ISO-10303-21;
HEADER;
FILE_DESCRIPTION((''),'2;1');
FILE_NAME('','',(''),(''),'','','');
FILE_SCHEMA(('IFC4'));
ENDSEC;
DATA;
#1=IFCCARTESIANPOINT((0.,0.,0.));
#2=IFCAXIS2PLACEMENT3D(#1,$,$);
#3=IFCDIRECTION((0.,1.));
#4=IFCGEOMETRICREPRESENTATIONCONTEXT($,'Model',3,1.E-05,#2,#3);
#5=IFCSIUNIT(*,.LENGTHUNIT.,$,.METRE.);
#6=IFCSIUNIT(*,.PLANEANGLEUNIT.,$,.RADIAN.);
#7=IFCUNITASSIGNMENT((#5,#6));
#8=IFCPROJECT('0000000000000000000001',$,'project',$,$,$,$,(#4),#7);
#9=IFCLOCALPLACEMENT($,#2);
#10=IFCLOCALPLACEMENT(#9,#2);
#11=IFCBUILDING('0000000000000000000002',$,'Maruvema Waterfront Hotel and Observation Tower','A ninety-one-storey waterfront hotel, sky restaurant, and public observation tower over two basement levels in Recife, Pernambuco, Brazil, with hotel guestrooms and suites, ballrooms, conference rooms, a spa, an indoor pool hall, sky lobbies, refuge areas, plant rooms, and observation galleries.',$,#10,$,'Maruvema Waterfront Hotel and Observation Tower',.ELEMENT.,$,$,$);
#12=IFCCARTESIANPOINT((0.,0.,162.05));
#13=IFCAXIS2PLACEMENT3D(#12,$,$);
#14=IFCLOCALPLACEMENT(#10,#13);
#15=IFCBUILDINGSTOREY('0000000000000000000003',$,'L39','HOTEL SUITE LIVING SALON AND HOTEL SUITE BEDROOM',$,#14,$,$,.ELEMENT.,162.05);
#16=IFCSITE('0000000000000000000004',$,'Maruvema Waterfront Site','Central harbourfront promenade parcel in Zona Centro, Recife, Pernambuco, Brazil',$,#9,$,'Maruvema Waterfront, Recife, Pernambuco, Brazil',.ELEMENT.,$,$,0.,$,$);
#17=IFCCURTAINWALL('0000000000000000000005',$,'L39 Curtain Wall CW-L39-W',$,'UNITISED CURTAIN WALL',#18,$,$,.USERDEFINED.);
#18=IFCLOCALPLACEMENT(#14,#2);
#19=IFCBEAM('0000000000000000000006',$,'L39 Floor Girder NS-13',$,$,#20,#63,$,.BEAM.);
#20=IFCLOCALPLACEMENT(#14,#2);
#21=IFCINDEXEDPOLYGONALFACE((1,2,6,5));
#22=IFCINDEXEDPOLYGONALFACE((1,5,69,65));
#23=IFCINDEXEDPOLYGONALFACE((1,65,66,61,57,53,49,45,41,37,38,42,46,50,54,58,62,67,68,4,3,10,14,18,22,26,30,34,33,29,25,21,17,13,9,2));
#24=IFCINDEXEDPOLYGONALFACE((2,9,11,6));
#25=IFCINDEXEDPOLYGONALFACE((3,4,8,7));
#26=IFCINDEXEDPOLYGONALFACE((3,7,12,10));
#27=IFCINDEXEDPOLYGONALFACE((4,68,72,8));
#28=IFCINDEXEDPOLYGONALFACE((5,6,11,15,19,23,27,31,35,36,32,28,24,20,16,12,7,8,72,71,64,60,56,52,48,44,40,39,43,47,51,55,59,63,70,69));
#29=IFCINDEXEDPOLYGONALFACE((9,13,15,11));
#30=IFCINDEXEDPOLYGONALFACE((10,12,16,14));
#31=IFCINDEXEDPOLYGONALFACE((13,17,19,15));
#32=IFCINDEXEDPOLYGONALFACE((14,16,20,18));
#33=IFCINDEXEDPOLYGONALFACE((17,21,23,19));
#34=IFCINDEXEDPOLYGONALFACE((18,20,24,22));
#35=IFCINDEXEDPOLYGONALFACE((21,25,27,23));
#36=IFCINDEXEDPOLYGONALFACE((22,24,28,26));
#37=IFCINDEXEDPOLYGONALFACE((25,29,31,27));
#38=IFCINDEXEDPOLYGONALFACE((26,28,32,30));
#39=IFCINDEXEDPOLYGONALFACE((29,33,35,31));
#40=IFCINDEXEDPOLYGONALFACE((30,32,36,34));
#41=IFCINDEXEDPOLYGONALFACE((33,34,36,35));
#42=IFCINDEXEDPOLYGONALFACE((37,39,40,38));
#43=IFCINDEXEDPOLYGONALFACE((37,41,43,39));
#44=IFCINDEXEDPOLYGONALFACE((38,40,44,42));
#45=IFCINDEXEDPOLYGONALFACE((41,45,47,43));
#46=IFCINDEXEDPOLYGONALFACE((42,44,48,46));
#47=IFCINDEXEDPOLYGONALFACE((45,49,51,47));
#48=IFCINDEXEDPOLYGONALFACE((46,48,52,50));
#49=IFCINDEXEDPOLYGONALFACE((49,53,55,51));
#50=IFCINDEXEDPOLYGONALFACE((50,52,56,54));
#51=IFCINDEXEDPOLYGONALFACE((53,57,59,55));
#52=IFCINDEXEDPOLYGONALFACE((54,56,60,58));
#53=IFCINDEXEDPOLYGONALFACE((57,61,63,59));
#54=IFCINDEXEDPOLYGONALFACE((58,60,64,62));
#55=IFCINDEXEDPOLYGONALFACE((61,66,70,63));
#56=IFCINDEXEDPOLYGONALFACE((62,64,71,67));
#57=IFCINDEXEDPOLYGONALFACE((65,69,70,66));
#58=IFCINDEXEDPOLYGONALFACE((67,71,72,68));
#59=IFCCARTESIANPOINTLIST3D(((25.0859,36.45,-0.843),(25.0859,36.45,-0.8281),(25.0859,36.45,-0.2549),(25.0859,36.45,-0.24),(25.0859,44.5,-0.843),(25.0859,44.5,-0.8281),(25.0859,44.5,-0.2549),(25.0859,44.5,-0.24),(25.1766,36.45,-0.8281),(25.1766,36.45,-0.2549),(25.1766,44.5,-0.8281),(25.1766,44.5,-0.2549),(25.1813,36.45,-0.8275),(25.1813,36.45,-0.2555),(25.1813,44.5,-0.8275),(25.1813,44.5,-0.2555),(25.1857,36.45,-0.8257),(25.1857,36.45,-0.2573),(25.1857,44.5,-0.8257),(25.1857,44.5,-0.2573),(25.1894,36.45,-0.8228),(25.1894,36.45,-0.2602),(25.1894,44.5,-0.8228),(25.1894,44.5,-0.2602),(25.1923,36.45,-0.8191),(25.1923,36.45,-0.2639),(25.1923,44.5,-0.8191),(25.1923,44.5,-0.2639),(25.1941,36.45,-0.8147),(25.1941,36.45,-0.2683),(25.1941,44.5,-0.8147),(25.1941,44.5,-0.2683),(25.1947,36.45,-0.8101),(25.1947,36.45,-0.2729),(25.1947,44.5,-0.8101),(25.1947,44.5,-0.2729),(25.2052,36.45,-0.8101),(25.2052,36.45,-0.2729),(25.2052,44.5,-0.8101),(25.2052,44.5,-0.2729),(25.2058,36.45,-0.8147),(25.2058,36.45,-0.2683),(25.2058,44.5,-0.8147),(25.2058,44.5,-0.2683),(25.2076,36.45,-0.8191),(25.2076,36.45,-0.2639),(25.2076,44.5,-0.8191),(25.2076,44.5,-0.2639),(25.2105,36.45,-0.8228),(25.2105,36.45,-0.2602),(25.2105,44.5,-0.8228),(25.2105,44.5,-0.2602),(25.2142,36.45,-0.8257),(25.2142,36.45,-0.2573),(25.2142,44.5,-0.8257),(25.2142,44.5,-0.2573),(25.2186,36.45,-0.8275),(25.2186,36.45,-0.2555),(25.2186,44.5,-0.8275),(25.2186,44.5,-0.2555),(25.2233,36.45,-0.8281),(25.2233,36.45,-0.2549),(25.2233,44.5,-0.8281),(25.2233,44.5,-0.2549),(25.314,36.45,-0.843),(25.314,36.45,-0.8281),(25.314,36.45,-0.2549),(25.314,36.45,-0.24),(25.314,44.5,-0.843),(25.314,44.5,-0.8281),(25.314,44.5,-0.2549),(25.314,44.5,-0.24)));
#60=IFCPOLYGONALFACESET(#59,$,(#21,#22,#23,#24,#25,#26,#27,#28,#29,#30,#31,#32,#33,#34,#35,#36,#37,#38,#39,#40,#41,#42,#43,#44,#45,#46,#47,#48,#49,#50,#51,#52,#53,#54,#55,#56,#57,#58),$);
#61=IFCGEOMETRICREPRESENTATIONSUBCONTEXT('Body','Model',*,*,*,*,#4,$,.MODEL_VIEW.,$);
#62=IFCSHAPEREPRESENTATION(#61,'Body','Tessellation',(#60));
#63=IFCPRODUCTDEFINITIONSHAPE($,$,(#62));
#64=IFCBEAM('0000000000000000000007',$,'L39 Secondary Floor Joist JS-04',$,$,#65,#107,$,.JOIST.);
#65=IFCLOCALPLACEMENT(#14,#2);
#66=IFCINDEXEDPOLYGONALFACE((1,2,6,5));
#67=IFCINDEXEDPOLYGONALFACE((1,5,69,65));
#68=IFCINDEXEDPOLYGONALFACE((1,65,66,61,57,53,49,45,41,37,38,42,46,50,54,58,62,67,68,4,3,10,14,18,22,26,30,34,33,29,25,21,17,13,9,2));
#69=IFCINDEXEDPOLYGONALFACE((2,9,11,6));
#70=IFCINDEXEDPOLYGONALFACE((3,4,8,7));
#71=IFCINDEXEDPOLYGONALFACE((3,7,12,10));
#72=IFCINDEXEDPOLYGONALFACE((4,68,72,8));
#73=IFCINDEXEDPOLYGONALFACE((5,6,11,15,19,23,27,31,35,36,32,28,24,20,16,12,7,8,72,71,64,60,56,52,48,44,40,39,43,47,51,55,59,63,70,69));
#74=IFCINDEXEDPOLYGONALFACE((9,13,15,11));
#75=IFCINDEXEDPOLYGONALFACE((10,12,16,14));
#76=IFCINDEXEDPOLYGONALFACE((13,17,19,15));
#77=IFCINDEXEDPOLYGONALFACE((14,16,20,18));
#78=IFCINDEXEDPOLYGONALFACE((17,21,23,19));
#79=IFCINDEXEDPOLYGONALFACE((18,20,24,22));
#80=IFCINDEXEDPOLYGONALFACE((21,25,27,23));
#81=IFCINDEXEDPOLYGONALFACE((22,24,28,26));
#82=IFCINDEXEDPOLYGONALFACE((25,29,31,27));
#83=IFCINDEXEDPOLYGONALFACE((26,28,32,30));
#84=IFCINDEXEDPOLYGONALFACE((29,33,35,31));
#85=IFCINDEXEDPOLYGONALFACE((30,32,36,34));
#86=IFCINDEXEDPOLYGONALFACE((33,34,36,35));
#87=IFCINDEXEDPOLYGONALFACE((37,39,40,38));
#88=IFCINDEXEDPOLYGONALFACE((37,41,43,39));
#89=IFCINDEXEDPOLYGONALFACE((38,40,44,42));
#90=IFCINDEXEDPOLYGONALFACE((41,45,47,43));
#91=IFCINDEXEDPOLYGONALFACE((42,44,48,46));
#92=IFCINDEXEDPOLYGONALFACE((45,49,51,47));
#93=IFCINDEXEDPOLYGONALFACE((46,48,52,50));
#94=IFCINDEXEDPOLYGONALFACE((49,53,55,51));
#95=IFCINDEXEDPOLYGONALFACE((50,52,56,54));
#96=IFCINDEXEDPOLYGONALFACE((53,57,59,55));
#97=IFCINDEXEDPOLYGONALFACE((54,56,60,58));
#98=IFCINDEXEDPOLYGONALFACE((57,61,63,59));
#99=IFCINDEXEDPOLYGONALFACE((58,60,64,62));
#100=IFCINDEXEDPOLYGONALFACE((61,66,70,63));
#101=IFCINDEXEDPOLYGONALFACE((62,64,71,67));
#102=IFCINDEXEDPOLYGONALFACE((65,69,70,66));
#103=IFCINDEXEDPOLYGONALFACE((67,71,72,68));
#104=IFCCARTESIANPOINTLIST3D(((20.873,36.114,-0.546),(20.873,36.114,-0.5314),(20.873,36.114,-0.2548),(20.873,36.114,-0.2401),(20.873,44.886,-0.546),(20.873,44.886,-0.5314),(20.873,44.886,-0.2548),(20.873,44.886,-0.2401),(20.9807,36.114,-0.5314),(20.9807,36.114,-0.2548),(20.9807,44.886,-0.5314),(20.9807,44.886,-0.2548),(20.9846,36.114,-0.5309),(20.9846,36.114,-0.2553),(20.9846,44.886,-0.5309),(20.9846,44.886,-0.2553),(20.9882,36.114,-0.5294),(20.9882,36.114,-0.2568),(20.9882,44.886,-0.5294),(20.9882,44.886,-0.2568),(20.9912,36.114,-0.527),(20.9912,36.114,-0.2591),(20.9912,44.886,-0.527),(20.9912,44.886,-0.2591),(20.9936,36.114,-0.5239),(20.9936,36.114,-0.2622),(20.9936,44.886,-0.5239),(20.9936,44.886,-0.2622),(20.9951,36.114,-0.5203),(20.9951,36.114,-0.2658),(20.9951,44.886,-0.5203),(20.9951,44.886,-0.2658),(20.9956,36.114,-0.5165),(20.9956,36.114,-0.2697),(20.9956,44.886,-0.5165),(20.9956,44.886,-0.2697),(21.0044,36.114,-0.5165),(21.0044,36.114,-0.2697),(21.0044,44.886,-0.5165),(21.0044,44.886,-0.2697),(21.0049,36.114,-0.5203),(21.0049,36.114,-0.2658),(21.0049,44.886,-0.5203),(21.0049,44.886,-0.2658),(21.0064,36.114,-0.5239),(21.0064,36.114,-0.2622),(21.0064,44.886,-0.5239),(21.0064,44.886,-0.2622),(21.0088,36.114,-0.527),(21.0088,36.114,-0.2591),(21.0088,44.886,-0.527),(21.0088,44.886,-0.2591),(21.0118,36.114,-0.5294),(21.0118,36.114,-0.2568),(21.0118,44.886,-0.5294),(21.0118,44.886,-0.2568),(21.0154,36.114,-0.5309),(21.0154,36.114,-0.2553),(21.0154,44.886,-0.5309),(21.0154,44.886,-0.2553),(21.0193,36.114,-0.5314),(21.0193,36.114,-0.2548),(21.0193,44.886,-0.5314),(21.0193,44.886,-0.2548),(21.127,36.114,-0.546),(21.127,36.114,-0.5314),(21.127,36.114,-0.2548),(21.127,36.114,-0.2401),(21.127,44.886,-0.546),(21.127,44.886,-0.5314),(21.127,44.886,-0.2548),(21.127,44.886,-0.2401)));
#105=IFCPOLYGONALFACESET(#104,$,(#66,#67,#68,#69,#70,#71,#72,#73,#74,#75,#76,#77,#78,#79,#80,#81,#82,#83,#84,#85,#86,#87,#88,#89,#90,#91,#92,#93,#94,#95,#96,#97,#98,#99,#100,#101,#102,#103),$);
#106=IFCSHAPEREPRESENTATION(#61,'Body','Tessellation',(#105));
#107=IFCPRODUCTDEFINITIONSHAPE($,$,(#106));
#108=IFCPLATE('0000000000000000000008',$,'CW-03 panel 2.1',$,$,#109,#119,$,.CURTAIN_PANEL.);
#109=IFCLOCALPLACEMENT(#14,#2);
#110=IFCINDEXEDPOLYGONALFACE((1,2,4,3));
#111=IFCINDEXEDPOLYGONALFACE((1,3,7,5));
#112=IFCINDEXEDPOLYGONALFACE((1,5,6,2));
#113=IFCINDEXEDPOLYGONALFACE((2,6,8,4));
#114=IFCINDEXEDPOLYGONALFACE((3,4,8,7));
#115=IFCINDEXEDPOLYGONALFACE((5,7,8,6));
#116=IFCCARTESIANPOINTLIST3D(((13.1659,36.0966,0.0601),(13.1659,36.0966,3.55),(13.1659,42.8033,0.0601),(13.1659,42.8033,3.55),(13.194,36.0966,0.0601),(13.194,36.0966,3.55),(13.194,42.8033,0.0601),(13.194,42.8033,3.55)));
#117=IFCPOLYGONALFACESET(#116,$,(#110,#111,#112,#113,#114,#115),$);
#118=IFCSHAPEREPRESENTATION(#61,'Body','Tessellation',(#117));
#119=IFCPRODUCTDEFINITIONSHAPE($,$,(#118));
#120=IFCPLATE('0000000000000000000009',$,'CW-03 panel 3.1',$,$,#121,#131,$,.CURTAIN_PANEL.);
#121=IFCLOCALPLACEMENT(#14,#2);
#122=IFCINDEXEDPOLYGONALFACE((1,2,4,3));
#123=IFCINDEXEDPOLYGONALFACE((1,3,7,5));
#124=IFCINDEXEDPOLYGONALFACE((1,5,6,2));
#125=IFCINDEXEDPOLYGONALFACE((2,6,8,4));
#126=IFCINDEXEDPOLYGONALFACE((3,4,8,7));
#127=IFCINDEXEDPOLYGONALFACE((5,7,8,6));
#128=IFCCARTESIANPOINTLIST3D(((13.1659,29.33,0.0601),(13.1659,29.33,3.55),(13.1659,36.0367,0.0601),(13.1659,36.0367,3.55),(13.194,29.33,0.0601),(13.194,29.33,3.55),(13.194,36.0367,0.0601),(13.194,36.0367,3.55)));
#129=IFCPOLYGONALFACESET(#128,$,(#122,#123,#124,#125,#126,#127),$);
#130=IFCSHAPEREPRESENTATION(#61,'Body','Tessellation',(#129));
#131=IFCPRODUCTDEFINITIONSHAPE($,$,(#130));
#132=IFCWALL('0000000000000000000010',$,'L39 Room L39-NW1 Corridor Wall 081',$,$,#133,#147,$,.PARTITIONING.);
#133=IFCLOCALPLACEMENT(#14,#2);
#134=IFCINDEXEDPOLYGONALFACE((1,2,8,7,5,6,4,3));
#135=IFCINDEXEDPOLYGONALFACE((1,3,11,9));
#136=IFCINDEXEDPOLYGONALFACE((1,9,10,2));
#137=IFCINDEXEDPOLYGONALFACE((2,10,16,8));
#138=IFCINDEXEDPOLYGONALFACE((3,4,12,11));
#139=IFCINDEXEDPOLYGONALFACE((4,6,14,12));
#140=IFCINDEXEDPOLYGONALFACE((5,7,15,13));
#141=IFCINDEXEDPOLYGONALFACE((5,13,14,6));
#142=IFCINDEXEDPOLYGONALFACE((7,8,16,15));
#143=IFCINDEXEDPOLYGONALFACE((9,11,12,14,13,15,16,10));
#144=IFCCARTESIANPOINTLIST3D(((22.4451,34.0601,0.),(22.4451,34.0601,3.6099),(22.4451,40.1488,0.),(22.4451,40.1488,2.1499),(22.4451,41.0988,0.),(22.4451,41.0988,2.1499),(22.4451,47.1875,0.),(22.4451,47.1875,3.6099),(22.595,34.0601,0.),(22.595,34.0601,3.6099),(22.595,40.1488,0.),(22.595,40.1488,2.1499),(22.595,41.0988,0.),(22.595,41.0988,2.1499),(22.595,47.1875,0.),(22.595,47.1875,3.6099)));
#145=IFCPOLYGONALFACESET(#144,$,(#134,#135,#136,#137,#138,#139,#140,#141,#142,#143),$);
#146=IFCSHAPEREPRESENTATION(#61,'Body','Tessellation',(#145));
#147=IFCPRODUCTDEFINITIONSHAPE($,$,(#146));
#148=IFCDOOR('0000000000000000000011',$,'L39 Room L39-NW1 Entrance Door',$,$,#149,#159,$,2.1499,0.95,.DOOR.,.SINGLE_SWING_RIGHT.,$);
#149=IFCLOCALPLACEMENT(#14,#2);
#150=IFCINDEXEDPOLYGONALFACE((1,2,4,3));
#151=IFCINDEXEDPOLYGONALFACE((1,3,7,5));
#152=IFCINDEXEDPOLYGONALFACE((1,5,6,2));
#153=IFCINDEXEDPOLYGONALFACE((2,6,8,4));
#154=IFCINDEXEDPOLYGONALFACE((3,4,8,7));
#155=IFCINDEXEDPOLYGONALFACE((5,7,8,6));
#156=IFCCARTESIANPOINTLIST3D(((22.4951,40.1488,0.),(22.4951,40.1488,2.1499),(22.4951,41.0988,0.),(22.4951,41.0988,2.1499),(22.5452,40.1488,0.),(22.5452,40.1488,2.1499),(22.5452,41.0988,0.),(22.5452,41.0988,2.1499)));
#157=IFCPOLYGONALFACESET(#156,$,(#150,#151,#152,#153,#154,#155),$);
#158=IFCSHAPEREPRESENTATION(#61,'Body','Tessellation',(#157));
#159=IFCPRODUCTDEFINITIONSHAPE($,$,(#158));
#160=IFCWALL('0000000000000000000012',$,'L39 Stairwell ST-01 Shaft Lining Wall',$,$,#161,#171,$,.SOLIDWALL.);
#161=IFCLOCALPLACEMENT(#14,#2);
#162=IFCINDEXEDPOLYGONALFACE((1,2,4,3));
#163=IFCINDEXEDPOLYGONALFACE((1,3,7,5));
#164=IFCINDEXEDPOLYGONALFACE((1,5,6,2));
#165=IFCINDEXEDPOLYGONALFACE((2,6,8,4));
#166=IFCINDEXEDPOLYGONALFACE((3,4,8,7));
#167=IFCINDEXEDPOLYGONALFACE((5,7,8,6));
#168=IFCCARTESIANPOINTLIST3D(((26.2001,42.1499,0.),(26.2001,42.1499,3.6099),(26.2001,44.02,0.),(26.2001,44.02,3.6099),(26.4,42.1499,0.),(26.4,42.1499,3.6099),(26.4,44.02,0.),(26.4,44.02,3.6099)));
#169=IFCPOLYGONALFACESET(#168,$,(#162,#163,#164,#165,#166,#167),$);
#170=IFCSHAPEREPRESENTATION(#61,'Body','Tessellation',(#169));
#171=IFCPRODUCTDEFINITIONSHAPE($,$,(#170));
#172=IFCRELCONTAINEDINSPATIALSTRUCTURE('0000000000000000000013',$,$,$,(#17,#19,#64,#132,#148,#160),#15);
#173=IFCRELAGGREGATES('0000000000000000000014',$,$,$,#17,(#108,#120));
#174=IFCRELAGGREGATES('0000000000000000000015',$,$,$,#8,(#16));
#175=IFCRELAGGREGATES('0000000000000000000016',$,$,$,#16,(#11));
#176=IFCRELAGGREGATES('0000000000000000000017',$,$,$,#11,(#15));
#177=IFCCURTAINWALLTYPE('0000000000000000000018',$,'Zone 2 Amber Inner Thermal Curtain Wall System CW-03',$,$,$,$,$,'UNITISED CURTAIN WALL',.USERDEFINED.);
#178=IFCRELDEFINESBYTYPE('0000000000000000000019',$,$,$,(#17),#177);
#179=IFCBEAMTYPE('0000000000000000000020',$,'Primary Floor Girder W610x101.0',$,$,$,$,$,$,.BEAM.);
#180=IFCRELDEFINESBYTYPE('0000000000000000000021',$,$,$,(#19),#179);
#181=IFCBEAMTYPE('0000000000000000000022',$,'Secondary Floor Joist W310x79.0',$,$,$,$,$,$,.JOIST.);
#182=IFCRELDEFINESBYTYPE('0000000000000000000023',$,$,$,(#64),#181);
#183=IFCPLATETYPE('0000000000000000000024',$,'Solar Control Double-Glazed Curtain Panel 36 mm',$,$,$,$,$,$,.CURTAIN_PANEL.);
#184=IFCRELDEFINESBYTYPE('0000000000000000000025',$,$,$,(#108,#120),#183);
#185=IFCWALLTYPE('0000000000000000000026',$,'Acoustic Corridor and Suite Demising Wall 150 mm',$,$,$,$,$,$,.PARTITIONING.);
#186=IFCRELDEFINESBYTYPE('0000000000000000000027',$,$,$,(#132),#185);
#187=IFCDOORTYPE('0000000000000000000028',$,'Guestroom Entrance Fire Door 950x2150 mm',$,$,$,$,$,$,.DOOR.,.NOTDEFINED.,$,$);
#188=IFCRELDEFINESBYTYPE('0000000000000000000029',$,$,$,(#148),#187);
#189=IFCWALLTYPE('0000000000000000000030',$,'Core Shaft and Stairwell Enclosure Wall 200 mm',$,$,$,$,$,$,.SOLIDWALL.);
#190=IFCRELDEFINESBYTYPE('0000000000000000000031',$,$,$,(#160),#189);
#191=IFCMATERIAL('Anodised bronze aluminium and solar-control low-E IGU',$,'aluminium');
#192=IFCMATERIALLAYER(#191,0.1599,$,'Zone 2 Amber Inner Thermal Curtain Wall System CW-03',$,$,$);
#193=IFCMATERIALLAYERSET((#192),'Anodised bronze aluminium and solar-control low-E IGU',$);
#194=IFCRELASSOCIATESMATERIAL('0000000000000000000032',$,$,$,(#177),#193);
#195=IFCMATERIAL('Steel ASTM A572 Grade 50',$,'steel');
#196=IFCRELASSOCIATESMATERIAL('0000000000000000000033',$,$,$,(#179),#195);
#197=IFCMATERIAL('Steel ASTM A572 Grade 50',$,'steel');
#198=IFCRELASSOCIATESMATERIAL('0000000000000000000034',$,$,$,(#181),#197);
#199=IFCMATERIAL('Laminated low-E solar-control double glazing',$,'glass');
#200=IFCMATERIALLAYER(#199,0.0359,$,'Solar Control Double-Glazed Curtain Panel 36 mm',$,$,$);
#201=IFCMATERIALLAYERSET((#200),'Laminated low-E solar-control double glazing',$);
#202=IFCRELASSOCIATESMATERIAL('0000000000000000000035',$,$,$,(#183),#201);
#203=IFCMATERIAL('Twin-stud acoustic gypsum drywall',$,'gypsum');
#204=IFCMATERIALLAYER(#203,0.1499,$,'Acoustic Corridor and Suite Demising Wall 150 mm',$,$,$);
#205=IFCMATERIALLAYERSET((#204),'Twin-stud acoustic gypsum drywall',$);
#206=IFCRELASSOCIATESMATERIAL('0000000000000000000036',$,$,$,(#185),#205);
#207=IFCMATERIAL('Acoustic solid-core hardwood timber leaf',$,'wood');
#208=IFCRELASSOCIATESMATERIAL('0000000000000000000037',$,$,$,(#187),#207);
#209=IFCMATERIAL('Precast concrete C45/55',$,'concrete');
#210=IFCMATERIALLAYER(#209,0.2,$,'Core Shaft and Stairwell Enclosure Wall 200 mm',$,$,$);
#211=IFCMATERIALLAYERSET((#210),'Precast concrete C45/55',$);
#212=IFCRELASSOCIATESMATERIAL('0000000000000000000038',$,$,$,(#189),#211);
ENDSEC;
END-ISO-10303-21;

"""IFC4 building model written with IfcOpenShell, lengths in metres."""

from ifc_helpers import new_model, si_unit, direction, frame, frame_2d, origin, origin_2d, place, context, subcontext, project, spatial, rectangle, i_section, extrude, material, layer, layer_set, material_profile, profile_set, type_object, element, fill, aggregate, save


model = new_model("IFC4")

# Units and contexts
model_context = context("Model", 3, precision=1e-05, world=origin(), true_north=direction((0.0, 1.0)))
body_context = subcontext(model_context, "Body", "Model", "MODEL_VIEW")
ifc_project = project(units=[si_unit("LENGTHUNIT", "METRE"), si_unit("PLANEANGLEUNIT", "RADIAN")], contexts=[model_context])

# Site, building, storey
site_placement = place(None, origin())
site = spatial("IfcSite", under=ifc_project, at=site_placement, Name="Maruvema Waterfront Site", Description="Central harbourfront promenade parcel in Zona Centro, Recife, Pernambuco, Brazil", LongName="Maruvema Waterfront, Recife, Pernambuco, Brazil", CompositionType="ELEMENT", RefElevation=0.0)
building_placement = place(site_placement, origin())
building = spatial("IfcBuilding", under=site, at=building_placement, Name="Maruvema Waterfront Hotel and Observation Tower", Description="A ninety-one-storey waterfront hotel, sky restaurant, and public observation tower over two basement levels in Recife, Pernambuco, Brazil, with hotel guestrooms and suites, ballrooms, conference rooms, a spa, an indoor pool hall, sky lobbies, refuge areas, plant rooms, and observation galleries.", LongName="Maruvema Waterfront Hotel and Observation Tower", CompositionType="ELEMENT")
storey_placement = place(building_placement, frame((0.0, 0.0, 162.05)))
storey = spatial("IfcBuildingStorey", under=building, at=storey_placement, Name="L39", Description="HOTEL SUITE LIVING SALON AND HOTEL SUITE BEDROOM", CompositionType="ELEMENT", Elevation=162.05)

# Curtain wall
ifc_material_1 = material(Name="Anodised bronze aluminium and solar-control low-E IGU", Category="aluminium")
ifc_layer_1 = layer(ifc_material_1, 0.1599, Name="Zone 2 Amber Inner Thermal Curtain Wall System CW-03")
ifc_layer_set_1 = layer_set([ifc_layer_1], Name="Anodised bronze aluminium and solar-control low-E IGU")
curtain_wall_type = type_object("IfcCurtainWallType", Name="Zone 2 Amber Inner Thermal Curtain Wall System CW-03", ElementType="UNITISED CURTAIN WALL", PredefinedType="USERDEFINED", material=ifc_layer_set_1)
curtain_wall_placement = place(storey_placement, origin())
curtain_wall = element("IfcCurtainWall", 1, at=curtain_wall_placement, inside=storey, type_object=curtain_wall_type, Name="L39 Curtain Wall CW-L39-W", ObjectType="UNITISED CURTAIN WALL", PredefinedType="USERDEFINED")

# Beams
ifc_material_2 = material(Name="Steel ASTM A572 Grade 50", Category="steel")
ifc_material_profile_1 = material_profile(ifc_material_2, i_section(OverallWidth=0.228, OverallDepth=0.603, WebThickness=0.0105, FlangeThickness=0.0149, FilletRadius=0.0181, at=origin_2d()), Name="W610x101.0")
ifc_profile_set_1 = profile_set([ifc_material_profile_1], Name="Steel ASTM A572 Grade 50")
beam_type_1 = type_object("IfcBeamType", Name="Primary Floor Girder W610x101.0", PredefinedType="BEAM", material=ifc_profile_set_1)
beam_1_placement = place(storey_placement, frame((25.2, 36.45, -0.5415), z_axis=(0.0, 1.0, 0.0), x_axis=(-1.0, 0.0, 0.0)))
element("IfcBeam", 2, at=beam_1_placement, inside=storey, type_object=beam_type_1, Name="L39 Floor Girder NS-13", PredefinedType="BEAM", context=body_context, shape_type="SweptSolid", body=[
    extrude(i_section(OverallWidth=0.228, OverallDepth=0.603, WebThickness=0.0105, FlangeThickness=0.0149, FilletRadius=0.0181, at=origin_2d()), origin(), (0.0, 0.0, 1.0), 8.05),
])
ifc_material_3 = material(Name="Steel ASTM A572 Grade 50", Category="steel")
ifc_material_profile_2 = material_profile(ifc_material_3, i_section(OverallWidth=0.2539, OverallDepth=0.3059, WebThickness=0.0088, FlangeThickness=0.0146, FilletRadius=0.0149, at=origin_2d()), Name="W310x79.0")
ifc_profile_set_2 = profile_set([ifc_material_profile_2], Name="Steel ASTM A572 Grade 50")
beam_type_2 = type_object("IfcBeamType", Name="Secondary Floor Joist W310x79.0", PredefinedType="JOIST", material=ifc_profile_set_2)
beam_2_placement = place(storey_placement, frame((21.0, 36.114, -0.3931), z_axis=(0.0, 1.0, 0.0), x_axis=(-1.0, 0.0, 0.0)))
element("IfcBeam", 3, at=beam_2_placement, inside=storey, type_object=beam_type_2, Name="L39 Secondary Floor Joist JS-04", PredefinedType="JOIST", context=body_context, shape_type="SweptSolid", body=[
    extrude(i_section(OverallWidth=0.2539, OverallDepth=0.3059, WebThickness=0.0088, FlangeThickness=0.0146, FilletRadius=0.0149, at=origin_2d()), origin(), (0.0, 0.0, 1.0), 8.772),
])

# Plates
ifc_material_4 = material(Name="Laminated low-E solar-control double glazing", Category="glass")
ifc_layer_2 = layer(ifc_material_4, 0.0359, Name="Solar Control Double-Glazed Curtain Panel 36 mm")
ifc_layer_set_2 = layer_set([ifc_layer_2], Name="Laminated low-E solar-control double glazing")
plate_type = type_object("IfcPlateType", Name="Solar Control Double-Glazed Curtain Panel 36 mm", PredefinedType="CURTAIN_PANEL", material=ifc_layer_set_2)
plate_1_placement = place(storey_placement, frame((13.1799, 39.45, 0.0601), z_axis=(0.0, 0.0, 1.0), x_axis=(0.0, -1.0, 0.0)))
plate_1 = element("IfcPlate", 4, at=plate_1_placement, type_object=plate_type, Name="CW-03 panel 2.1", PredefinedType="CURTAIN_PANEL", context=body_context, shape_type="SweptSolid", body=[
    extrude(rectangle(XDim=6.7068, YDim=0.0281, at=origin_2d()), origin(), (0.0, 0.0, 1.0), 3.49),
])
plate_2_placement = place(storey_placement, frame((13.1799, 32.6833, 0.0601), z_axis=(0.0, 0.0, 1.0), x_axis=(0.0, -1.0, 0.0)))
plate_2 = element("IfcPlate", 5, at=plate_2_placement, type_object=plate_type, Name="CW-03 panel 3.1", PredefinedType="CURTAIN_PANEL", context=body_context, shape_type="SweptSolid", body=[
    extrude(rectangle(XDim=6.7068, YDim=0.0281, at=origin_2d()), origin(), (0.0, 0.0, 1.0), 3.49),
])
aggregate(curtain_wall, [plate_1, plate_2])

# Wall, opening, door
ifc_material_5 = material(Name="Twin-stud acoustic gypsum drywall", Category="gypsum")
ifc_layer_3 = layer(ifc_material_5, 0.1499, Name="Acoustic Corridor and Suite Demising Wall 150 mm")
ifc_layer_set_3 = layer_set([ifc_layer_3], Name="Twin-stud acoustic gypsum drywall")
wall_type_1 = type_object("IfcWallType", Name="Acoustic Corridor and Suite Demising Wall 150 mm", PredefinedType="PARTITIONING", material=ifc_layer_set_3)
wall_1_placement = place(storey_placement, frame((22.52, 34.0601, 0.0), z_axis=(0.0, 0.0, 1.0), x_axis=(0.0, 1.0, 0.0)))
wall_1 = element("IfcWall", 6, at=wall_1_placement, inside=storey, type_object=wall_type_1, Name="L39 Room L39-NW1 Corridor Wall 081", PredefinedType="PARTITIONING", context=body_context, shape_type="SweptSolid", body=[
    extrude(rectangle(XDim=13.1274, YDim=0.1499, at=frame_2d((6.5637, 0.0))), origin(), (0.0, 0.0, 1.0), 3.6099),
])
opening_1_placement = place(wall_1_placement, frame((6.0886, 0.0, 0.0)))
opening_1 = element("IfcOpeningElement", 7, at=opening_1_placement, cuts=wall_1, PredefinedType="OPENING", context=body_context, shape_type="SweptSolid", body=[
    extrude(rectangle(XDim=0.95, YDim=2.1499, at=frame_2d((0.4751, 1.075))), frame((0.0, 0.085, 0.0), z_axis=(0.0, -1.0, 0.0), x_axis=(1.0, 0.0, 0.0)), (0.0, 0.0, 1.0), 0.1699),
])
ifc_material_6 = material(Name="Acoustic solid-core hardwood timber leaf", Category="wood")
door_type_1 = type_object("IfcDoorType", Name="Guestroom Entrance Fire Door 950x2150 mm", OperationType="NOTDEFINED", PredefinedType="DOOR", material=ifc_material_6)
door_1_placement = place(opening_1_placement, origin())
door_1 = element("IfcDoor", 8, at=door_1_placement, inside=storey, type_object=door_type_1, Name="L39 Room L39-NW1 Entrance Door", OperationType="SINGLE_SWING_RIGHT", OverallHeight=2.1499, OverallWidth=0.95, PredefinedType="DOOR", context=body_context, shape_type="SweptSolid", body=[
    extrude(rectangle(XDim=0.95, YDim=2.1499, at=frame_2d((0.4751, 1.075))), frame((0.0, 0.0249, 0.0), z_axis=(0.0, -1.0, 0.0), x_axis=(1.0, 0.0, 0.0)), (0.0, 0.0, 1.0), 0.05),
])
fill(opening_1, door_1)

# Wall
ifc_material_7 = material(Name="Precast concrete C45/55", Category="concrete")
ifc_layer_4 = layer(ifc_material_7, 0.2, Name="Core Shaft and Stairwell Enclosure Wall 200 mm")
ifc_layer_set_4 = layer_set([ifc_layer_4], Name="Precast concrete C45/55")
wall_type_2 = type_object("IfcWallType", Name="Core Shaft and Stairwell Enclosure Wall 200 mm", PredefinedType="SOLIDWALL", material=ifc_layer_set_4)
wall_2_placement = place(storey_placement, frame((26.3, 42.1499, 0.0), z_axis=(0.0, 0.0, 1.0), x_axis=(0.0, 1.0, 0.0)))
element("IfcWall", 9, at=wall_2_placement, inside=storey, type_object=wall_type_2, Name="L39 Stairwell ST-01 Shaft Lining Wall", PredefinedType="SOLIDWALL", context=body_context, shape_type="SweptSolid", body=[
    extrude(rectangle(XDim=1.8701, YDim=0.2, at=frame_2d((0.9351, 0.0))), origin(), (0.0, 0.0, 1.0), 3.6099),
])

save(model, "model.ifc")
